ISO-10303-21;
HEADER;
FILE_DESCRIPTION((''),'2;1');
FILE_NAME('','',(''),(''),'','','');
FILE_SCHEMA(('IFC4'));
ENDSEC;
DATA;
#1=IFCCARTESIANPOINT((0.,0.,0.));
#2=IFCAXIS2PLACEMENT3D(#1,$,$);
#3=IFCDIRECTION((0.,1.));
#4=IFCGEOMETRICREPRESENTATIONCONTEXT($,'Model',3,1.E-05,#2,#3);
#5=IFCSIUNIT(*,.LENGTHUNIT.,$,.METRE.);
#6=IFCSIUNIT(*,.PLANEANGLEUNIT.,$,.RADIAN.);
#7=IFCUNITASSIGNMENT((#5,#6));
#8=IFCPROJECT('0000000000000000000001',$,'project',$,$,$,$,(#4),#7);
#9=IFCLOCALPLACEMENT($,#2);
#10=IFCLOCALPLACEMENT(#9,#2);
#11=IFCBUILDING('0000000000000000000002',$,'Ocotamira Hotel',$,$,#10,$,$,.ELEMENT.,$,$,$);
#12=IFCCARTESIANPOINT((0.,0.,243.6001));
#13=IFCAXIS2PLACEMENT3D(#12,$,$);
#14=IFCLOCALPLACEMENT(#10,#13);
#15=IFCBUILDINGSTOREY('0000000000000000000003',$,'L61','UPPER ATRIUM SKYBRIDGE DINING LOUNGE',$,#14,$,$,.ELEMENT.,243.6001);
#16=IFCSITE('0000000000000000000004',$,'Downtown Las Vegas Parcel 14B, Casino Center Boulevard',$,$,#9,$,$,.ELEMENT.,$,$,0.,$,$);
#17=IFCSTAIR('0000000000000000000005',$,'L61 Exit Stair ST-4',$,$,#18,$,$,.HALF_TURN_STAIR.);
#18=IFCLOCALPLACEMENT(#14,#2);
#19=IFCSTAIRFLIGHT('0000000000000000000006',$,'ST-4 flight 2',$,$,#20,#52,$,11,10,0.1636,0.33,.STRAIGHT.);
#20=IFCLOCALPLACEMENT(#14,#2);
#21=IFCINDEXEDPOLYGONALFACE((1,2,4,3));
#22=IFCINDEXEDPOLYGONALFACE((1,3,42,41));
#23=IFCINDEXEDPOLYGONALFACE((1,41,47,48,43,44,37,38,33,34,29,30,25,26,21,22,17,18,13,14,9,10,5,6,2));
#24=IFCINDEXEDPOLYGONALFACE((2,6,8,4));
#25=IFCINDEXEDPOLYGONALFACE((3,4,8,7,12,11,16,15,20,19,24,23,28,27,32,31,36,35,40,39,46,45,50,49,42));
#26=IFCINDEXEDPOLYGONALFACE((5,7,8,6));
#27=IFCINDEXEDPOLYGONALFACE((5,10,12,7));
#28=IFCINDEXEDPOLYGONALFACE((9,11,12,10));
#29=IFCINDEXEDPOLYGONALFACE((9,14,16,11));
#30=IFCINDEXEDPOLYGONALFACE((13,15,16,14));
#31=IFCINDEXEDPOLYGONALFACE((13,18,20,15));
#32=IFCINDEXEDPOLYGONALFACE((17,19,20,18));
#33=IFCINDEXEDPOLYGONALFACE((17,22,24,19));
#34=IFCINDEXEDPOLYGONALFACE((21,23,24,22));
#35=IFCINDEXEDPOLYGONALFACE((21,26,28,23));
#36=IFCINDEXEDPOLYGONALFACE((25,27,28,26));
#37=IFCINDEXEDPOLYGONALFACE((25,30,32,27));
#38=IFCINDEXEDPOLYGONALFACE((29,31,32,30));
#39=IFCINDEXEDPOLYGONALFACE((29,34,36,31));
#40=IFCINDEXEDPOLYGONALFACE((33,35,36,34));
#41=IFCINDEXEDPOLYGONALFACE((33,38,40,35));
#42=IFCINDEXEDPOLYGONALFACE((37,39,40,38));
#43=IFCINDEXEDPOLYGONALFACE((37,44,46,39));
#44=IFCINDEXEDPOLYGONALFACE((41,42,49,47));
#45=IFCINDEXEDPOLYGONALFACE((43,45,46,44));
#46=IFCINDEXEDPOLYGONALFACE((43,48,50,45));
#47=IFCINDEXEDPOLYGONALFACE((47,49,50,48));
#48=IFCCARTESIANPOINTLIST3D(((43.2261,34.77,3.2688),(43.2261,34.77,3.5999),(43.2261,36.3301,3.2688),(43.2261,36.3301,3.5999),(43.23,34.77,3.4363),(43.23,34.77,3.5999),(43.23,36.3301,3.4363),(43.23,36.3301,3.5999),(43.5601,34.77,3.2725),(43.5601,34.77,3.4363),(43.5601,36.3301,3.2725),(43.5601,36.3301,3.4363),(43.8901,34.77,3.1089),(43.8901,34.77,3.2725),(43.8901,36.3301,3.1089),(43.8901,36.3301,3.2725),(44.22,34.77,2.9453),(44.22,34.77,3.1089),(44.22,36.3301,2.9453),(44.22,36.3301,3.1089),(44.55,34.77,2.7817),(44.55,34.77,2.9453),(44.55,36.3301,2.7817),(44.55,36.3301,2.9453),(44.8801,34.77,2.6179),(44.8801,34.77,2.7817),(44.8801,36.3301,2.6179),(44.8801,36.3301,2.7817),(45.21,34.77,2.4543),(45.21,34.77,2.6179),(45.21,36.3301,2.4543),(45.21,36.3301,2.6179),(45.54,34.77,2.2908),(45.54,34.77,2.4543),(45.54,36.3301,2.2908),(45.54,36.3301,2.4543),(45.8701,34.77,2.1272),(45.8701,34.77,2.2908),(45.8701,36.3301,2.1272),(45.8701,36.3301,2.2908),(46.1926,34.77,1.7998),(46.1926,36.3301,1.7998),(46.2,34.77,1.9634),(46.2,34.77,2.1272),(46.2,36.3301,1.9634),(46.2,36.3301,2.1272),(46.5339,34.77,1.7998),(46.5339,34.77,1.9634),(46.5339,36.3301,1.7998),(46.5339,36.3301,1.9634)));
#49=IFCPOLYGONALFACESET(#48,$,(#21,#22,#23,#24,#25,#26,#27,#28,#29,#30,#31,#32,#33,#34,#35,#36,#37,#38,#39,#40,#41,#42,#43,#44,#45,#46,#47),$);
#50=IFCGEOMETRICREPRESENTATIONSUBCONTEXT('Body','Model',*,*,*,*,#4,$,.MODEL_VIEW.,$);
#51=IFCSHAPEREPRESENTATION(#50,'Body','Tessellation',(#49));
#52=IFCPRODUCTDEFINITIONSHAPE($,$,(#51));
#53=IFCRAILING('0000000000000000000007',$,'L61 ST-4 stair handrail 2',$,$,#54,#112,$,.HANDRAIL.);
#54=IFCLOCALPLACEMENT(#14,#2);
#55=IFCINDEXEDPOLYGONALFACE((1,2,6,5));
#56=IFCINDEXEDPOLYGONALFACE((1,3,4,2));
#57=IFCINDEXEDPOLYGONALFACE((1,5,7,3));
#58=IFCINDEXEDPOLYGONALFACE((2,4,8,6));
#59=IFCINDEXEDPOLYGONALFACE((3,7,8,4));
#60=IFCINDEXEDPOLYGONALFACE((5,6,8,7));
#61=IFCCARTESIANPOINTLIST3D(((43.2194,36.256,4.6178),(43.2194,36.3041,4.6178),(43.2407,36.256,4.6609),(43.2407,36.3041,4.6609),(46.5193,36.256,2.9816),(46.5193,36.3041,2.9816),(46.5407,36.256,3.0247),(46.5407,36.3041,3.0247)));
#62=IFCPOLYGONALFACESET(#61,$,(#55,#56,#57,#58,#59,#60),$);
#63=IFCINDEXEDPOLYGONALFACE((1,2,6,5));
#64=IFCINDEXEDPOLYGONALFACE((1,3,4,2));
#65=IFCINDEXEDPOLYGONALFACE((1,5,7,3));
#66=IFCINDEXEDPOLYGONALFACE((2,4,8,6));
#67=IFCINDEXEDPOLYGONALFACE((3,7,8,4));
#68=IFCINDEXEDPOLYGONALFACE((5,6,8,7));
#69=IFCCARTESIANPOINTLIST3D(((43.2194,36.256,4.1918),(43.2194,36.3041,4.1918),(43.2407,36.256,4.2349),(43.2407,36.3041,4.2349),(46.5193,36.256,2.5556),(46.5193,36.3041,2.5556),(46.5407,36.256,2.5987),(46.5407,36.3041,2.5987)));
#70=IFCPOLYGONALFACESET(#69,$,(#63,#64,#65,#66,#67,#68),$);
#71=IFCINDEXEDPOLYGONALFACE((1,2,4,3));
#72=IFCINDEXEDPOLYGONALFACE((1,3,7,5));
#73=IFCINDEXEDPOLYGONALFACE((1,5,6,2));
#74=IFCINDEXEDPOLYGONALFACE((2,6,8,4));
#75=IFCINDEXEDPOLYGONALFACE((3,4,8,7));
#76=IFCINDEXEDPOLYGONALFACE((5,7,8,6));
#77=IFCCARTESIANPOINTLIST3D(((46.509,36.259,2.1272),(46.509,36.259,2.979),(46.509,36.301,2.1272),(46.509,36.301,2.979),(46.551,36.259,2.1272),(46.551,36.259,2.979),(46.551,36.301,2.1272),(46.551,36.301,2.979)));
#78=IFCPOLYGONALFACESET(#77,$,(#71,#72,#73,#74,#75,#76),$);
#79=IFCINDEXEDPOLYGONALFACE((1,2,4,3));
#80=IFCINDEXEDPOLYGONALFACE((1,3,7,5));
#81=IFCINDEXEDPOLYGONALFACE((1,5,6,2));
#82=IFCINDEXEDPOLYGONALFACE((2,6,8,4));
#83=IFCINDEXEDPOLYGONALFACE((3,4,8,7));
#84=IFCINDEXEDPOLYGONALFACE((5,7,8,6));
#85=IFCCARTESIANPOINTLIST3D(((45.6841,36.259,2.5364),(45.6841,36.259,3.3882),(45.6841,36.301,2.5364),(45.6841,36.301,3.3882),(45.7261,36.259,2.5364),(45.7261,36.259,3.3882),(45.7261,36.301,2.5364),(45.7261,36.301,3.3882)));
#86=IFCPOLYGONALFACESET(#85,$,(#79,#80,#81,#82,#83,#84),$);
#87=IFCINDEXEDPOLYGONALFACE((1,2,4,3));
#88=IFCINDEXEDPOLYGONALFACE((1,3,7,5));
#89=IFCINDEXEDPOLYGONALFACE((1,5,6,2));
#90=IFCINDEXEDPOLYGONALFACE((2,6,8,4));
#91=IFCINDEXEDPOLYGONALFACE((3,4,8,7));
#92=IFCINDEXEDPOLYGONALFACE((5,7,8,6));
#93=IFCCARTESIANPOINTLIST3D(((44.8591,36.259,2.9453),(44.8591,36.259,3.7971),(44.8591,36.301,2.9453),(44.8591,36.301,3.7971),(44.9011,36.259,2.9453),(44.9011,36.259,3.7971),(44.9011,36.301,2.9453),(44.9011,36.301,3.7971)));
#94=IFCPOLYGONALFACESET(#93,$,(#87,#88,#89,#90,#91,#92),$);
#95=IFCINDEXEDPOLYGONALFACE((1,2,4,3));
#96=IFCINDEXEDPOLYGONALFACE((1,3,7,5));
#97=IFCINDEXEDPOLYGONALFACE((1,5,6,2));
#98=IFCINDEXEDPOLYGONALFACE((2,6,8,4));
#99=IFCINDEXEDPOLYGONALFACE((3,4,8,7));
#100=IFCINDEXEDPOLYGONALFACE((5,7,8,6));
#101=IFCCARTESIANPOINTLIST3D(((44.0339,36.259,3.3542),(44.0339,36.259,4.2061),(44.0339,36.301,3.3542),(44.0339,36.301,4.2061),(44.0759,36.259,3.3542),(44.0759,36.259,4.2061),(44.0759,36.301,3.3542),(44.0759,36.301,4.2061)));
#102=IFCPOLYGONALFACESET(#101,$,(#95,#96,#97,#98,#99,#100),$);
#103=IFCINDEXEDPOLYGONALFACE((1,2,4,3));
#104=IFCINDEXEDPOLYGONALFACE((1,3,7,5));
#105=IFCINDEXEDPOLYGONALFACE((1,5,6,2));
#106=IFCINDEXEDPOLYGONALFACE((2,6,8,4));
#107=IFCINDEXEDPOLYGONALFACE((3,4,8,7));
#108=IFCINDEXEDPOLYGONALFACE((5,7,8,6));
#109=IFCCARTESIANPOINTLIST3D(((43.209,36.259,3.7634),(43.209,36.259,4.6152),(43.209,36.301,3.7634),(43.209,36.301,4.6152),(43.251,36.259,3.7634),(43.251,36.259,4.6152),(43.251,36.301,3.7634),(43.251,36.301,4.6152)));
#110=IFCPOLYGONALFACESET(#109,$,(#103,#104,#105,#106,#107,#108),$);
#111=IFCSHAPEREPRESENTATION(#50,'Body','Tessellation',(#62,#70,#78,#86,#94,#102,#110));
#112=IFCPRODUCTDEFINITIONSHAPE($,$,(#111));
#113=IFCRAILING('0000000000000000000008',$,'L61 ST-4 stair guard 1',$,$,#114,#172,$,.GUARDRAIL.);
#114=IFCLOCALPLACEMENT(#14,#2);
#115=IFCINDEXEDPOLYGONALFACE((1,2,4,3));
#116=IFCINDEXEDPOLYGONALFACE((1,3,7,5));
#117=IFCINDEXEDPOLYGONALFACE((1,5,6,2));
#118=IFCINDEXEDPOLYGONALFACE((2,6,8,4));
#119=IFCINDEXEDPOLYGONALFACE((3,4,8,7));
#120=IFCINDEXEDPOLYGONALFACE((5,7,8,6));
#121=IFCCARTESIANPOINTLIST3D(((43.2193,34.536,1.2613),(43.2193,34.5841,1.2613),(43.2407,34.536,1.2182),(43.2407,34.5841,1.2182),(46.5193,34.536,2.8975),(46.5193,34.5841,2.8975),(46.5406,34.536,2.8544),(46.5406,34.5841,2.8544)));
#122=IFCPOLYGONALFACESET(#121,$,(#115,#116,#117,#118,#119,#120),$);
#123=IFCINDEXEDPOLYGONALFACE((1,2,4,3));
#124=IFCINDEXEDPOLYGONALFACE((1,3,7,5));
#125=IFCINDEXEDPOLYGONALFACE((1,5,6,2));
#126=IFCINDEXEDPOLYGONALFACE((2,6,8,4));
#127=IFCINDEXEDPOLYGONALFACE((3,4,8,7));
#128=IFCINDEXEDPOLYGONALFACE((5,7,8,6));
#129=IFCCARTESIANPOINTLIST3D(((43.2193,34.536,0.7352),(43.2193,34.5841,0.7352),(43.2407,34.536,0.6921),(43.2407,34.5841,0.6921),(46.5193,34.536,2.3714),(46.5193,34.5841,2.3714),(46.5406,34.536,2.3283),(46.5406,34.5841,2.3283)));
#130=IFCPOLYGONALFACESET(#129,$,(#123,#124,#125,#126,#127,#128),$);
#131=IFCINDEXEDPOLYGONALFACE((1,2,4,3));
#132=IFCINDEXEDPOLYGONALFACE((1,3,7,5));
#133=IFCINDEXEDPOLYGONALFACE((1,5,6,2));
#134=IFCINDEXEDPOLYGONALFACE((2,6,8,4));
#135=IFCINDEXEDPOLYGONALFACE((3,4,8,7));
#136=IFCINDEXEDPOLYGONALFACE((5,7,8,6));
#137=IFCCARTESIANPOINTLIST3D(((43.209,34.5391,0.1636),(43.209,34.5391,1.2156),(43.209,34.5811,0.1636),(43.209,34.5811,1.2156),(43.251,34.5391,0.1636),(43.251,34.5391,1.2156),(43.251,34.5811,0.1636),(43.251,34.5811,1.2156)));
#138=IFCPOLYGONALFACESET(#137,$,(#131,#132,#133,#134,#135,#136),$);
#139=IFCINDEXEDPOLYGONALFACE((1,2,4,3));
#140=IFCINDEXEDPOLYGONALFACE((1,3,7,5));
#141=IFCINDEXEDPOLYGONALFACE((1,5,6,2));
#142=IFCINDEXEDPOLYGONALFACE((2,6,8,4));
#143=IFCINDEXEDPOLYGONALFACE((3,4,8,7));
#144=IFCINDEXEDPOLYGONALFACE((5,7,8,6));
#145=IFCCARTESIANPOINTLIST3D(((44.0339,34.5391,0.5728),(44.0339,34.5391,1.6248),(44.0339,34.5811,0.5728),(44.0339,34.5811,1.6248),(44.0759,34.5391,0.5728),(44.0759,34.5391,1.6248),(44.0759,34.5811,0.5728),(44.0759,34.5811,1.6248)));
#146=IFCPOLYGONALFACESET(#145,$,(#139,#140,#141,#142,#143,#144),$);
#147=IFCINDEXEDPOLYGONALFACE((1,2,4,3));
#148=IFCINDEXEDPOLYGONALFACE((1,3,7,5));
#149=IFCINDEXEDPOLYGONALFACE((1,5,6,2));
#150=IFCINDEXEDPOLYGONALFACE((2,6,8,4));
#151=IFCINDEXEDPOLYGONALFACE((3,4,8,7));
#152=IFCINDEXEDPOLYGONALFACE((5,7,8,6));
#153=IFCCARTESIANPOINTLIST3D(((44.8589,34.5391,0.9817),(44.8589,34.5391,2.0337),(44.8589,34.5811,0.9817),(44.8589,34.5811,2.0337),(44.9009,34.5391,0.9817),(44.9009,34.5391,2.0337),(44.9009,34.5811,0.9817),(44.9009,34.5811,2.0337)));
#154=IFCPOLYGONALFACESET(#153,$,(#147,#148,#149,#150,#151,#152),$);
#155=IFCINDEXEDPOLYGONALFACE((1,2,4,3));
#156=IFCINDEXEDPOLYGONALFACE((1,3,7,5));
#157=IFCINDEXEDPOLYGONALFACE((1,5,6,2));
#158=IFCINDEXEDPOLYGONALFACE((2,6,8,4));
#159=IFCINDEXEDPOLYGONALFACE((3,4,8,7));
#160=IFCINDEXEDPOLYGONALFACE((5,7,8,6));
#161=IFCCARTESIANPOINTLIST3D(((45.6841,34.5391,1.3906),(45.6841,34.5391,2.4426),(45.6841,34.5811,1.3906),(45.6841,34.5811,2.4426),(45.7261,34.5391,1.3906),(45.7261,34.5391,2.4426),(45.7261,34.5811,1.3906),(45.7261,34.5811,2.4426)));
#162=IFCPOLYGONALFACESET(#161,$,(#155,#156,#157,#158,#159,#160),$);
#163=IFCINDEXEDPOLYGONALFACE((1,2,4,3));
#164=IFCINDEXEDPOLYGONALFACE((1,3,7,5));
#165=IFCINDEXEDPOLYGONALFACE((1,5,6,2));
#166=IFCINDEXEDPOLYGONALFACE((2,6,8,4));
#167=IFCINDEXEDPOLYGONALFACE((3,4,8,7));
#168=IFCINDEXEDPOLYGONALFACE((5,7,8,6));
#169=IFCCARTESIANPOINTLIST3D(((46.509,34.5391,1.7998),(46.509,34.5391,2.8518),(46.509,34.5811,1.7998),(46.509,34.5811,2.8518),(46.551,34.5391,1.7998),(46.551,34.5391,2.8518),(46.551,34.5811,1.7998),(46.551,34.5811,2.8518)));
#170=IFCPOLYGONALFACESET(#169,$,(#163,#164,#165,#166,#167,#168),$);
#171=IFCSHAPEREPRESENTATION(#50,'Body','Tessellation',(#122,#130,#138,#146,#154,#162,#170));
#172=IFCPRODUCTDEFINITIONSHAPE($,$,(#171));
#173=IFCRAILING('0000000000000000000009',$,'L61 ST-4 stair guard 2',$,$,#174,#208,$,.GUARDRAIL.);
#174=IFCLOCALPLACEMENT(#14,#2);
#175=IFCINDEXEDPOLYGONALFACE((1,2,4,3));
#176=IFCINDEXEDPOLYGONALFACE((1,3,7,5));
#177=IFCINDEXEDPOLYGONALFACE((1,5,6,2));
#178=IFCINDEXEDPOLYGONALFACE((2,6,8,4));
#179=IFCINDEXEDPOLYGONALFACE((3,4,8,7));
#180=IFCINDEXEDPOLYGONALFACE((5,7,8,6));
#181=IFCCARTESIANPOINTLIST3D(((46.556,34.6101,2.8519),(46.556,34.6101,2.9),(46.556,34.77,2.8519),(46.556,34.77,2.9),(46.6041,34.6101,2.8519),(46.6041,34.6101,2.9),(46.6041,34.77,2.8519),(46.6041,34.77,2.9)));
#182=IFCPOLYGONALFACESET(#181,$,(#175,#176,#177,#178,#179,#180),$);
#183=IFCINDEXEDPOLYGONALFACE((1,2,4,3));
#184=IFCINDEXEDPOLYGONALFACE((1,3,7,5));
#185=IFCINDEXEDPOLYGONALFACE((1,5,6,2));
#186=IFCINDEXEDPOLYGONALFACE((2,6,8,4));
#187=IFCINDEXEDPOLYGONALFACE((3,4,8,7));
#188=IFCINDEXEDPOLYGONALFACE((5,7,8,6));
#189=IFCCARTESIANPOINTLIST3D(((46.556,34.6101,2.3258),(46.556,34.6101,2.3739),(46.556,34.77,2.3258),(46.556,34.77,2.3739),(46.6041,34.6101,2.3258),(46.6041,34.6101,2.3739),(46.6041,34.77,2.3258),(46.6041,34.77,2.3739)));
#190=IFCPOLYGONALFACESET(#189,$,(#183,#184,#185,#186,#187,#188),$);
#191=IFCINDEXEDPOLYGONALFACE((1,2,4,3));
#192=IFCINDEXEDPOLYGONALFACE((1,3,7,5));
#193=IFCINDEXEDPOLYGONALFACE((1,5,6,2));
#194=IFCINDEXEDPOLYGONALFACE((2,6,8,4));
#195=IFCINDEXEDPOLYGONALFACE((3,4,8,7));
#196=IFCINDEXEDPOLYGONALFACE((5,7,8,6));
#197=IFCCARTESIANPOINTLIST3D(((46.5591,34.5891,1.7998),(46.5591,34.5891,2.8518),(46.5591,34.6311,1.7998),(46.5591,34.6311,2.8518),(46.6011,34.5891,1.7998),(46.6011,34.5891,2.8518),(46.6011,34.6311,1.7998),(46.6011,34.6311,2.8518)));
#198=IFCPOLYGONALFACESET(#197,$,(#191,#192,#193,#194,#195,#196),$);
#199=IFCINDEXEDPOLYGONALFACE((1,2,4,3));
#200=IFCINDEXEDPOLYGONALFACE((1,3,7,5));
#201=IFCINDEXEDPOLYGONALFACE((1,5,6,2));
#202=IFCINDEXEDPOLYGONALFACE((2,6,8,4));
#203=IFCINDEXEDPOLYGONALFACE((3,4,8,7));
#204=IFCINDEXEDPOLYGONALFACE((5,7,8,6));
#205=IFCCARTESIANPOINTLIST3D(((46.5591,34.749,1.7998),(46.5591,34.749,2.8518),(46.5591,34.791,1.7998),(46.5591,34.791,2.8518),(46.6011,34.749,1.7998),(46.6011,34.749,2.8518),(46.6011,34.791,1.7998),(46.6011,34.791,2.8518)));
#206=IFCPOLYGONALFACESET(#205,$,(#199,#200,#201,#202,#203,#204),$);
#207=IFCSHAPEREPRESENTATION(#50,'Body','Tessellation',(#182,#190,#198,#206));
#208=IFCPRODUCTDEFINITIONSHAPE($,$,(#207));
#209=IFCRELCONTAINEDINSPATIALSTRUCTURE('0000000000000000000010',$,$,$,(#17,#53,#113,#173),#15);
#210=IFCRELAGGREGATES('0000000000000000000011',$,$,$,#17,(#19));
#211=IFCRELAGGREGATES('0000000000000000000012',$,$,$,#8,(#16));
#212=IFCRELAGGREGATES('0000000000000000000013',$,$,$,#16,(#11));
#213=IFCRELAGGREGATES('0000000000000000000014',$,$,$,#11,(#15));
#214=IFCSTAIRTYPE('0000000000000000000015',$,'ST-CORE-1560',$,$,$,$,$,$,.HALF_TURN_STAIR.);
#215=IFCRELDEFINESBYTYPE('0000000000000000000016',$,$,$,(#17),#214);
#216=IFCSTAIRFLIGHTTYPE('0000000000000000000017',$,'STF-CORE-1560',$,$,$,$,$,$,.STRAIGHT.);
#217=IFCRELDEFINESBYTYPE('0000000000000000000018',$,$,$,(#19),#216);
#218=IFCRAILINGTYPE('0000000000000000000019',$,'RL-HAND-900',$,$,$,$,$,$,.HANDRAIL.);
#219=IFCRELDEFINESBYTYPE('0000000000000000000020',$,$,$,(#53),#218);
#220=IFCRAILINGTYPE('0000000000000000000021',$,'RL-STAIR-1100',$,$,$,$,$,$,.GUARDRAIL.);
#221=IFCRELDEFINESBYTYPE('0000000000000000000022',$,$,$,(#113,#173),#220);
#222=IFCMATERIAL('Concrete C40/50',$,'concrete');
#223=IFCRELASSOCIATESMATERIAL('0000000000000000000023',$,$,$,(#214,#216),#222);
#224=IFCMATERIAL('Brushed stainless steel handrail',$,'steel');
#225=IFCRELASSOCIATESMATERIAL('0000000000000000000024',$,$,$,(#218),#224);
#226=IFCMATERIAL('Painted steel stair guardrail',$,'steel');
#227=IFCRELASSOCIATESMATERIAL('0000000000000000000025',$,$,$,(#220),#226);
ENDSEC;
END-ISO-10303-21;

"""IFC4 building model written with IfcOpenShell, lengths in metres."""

from ifc_helpers import new_model, si_unit, direction, frame, origin, origin_2d, place, context, subcontext, project, spatial, polyline, rectangle, outline, extrude, source, transform, mapped, material, type_object, element, aggregate, save


model = new_model("IFC4")

# Units and contexts
model_context = context("Model", 3, precision=1e-05, world=origin(), true_north=direction((0.0, 1.0)))
body_context = subcontext(model_context, "Body", "Model", "MODEL_VIEW")
ifc_project = project(units=[si_unit("LENGTHUNIT", "METRE"), si_unit("PLANEANGLEUNIT", "RADIAN")], contexts=[model_context])

# Site, building, storey
site_placement = place(None, origin())
site = spatial("IfcSite", under=ifc_project, at=site_placement, Name="Downtown Las Vegas Parcel 14B, Casino Center Boulevard", CompositionType="ELEMENT", RefElevation=0.0)
building_placement = place(site_placement, origin())
building = spatial("IfcBuilding", under=site, at=building_placement, Name="Ocotamira Hotel", CompositionType="ELEMENT")
storey_placement = place(building_placement, frame((0.0, 0.0, 243.6001)))
storey = spatial("IfcBuildingStorey", under=building, at=storey_placement, Name="L61", Description="UPPER ATRIUM SKYBRIDGE DINING LOUNGE", CompositionType="ELEMENT", Elevation=243.6001)

# Stair, stair flight
ifc_material_1 = material(Name="Concrete C40/50", Category="concrete")
stair_type = type_object("IfcStairType", Name="ST-CORE-1560", PredefinedType="HALF_TURN_STAIR", material=ifc_material_1)
stair_placement = place(storey_placement, origin())
stair = element("IfcStair", 1, at=stair_placement, inside=storey, type_object=stair_type, Name="L61 Exit Stair ST-4", PredefinedType="HALF_TURN_STAIR")
stair_flight_type = type_object("IfcStairFlightType", Name="STF-CORE-1560", PredefinedType="STRAIGHT", material=ifc_material_1)
shared_shape_1 = source(origin(), body_context, "Body", "SweptSolid", [
    extrude(outline(polyline([(-0.0039, 0.0), (-0.0039, 0.1636), (0.3301, 0.1636), (0.3301, 0.3274), (0.6599, 0.3274), (0.6599, 0.491), (0.99, 0.491), (0.99, 0.6545), (1.3201, 0.6545), (1.3201, 0.8181), (1.6499, 0.8181), (1.6499, 0.9819), (1.98, 0.9819), (1.98, 1.1455), (2.3101, 1.1455), (2.3101, 1.3091), (2.6399, 1.3091), (2.6399, 1.4727), (2.97, 1.4727), (2.97, 1.6365), (3.3, 1.6365), (3.3, 1.8), (3.304, 1.8), (3.304, 1.469), (0.3374, 0.0), (-0.0039, 0.0)])), frame((0.0, 0.78, 0.0), z_axis=(0.0, -1.0, 0.0), x_axis=(1.0, 0.0, 0.0)), (0.0, 0.0, 1.0), 1.5601),
])
stair_flight_placement = place(storey_placement, frame((46.53, 35.55, 1.7998), z_axis=(0.0, 0.0, 1.0), x_axis=(-1.0, 0.0, 0.0)))
stair_flight = element("IfcStairFlight", 2, at=stair_flight_placement, type_object=stair_flight_type, Name="ST-4 flight 2", NumberOfRisers=11, NumberOfTreads=10, PredefinedType="STRAIGHT", RiserHeight=0.1636, TreadLength=0.33, context=body_context, shape_type="MappedRepresentation", body=[
    mapped(shared_shape_1, transform((0.0, 0.0, 0.0), scale=1.0)),
])
aggregate(stair, [stair_flight])

# Railings
ifc_material_2 = material(Name="Brushed stainless steel handrail", Category="steel")
railing_type_1 = type_object("IfcRailingType", Name="RL-HAND-900", PredefinedType="HANDRAIL", material=ifc_material_2)
railing_1_placement = place(storey_placement, frame((46.53, 36.28, 2.1272)))
element("IfcRailing", 3, at=railing_1_placement, inside=storey, type_object=railing_type_1, Name="L61 ST-4 stair handrail 2", PredefinedType="HANDRAIL", context=body_context, shape_type="SweptSolid", body=[
    extrude(rectangle(XDim=0.0481, YDim=0.0481, at=origin_2d()), frame((0.0, 0.0, 0.876), z_axis=(-0.89592, 0.0, 0.444215), x_axis=(0.0, -1.0, 0.0)), (0.0, 0.0, 1.0), 3.6833),
    extrude(rectangle(XDim=0.0481, YDim=0.0481, at=origin_2d()), frame((0.0, 0.0, 0.45), z_axis=(-0.89592, 0.0, 0.444215), x_axis=(0.0, -1.0, 0.0)), (0.0, 0.0, 1.0), 3.6833),
    extrude(rectangle(XDim=0.042, YDim=0.042, at=origin_2d()), origin(), (0.0, 0.0, 1.0), 0.8518),
    extrude(rectangle(XDim=0.042, YDim=0.042, at=origin_2d()), frame((-0.825, 0.0, 0.4092)), (0.0, 0.0, 1.0), 0.8518),
    extrude(rectangle(XDim=0.042, YDim=0.042, at=origin_2d()), frame((-1.6499, 0.0, 0.8181)), (0.0, 0.0, 1.0), 0.8518),
    extrude(rectangle(XDim=0.042, YDim=0.042, at=origin_2d()), frame((-2.4751, 0.0, 1.2271)), (0.0, 0.0, 1.0), 0.8518),
    extrude(rectangle(XDim=0.042, YDim=0.042, at=origin_2d()), frame((-3.3, 0.0, 1.6362)), (0.0, 0.0, 1.0), 0.8518),
])
ifc_material_3 = material(Name="Painted steel stair guardrail", Category="steel")
railing_type_2 = type_object("IfcRailingType", Name="RL-STAIR-1100", PredefinedType="GUARDRAIL", material=ifc_material_3)
railing_2_placement = place(storey_placement, frame((43.23, 34.5601, 0.1636)))
element("IfcRailing", 4, at=railing_2_placement, inside=storey, type_object=railing_type_2, Name="L61 ST-4 stair guard 1", PredefinedType="GUARDRAIL", context=body_context, shape_type="SweptSolid", body=[
    extrude(rectangle(XDim=0.0481, YDim=0.0481, at=origin_2d()), frame((0.0, 0.0, 1.0762), z_axis=(0.89592, 0.0, 0.444215), x_axis=(0.0, 1.0, 0.0)), (0.0, 0.0, 1.0), 3.6833),
    extrude(rectangle(XDim=0.0481, YDim=0.0481, at=origin_2d()), frame((0.0, 0.0, 0.55), z_axis=(0.89592, 0.0, 0.444215), x_axis=(0.0, 1.0, 0.0)), (0.0, 0.0, 1.0), 3.6833),
    extrude(rectangle(XDim=0.042, YDim=0.042, at=origin_2d()), origin(), (0.0, 0.0, 1.0), 1.052),
    extrude(rectangle(XDim=0.042, YDim=0.042, at=origin_2d()), frame((0.825, 0.0, 0.4092)), (0.0, 0.0, 1.0), 1.052),
    extrude(rectangle(XDim=0.042, YDim=0.042, at=origin_2d()), frame((1.6499, 0.0, 0.8181)), (0.0, 0.0, 1.0), 1.052),
    extrude(rectangle(XDim=0.042, YDim=0.042, at=origin_2d()), frame((2.4751, 0.0, 1.2271)), (0.0, 0.0, 1.0), 1.052),
    extrude(rectangle(XDim=0.042, YDim=0.042, at=origin_2d()), frame((3.3, 0.0, 1.6362)), (0.0, 0.0, 1.0), 1.052),
])
railing_3_placement = place(storey_placement, frame((46.5801, 34.6101, 1.7998)))
element("IfcRailing", 5, at=railing_3_placement, inside=storey, type_object=railing_type_2, Name="L61 ST-4 stair guard 2", PredefinedType="GUARDRAIL", context=body_context, shape_type="SweptSolid", body=[
    extrude(rectangle(XDim=0.0481, YDim=0.0481, at=origin_2d()), frame((0.0, 0.0, 1.0762), z_axis=(0.0, 1.0, 0.0), x_axis=(-1.0, 0.0, 0.0)), (0.0, 0.0, 1.0), 0.1599),
    extrude(rectangle(XDim=0.0481, YDim=0.0481, at=origin_2d()), frame((0.0, 0.0, 0.55), z_axis=(0.0, 1.0, 0.0), x_axis=(-1.0, 0.0, 0.0)), (0.0, 0.0, 1.0), 0.1599),
    extrude(rectangle(XDim=0.042, YDim=0.042, at=origin_2d()), origin(), (0.0, 0.0, 1.0), 1.052),
    extrude(rectangle(XDim=0.042, YDim=0.042, at=origin_2d()), frame((0.0, 0.1599, 0.0)), (0.0, 0.0, 1.0), 1.052),
])

save(model, "model.ifc")
